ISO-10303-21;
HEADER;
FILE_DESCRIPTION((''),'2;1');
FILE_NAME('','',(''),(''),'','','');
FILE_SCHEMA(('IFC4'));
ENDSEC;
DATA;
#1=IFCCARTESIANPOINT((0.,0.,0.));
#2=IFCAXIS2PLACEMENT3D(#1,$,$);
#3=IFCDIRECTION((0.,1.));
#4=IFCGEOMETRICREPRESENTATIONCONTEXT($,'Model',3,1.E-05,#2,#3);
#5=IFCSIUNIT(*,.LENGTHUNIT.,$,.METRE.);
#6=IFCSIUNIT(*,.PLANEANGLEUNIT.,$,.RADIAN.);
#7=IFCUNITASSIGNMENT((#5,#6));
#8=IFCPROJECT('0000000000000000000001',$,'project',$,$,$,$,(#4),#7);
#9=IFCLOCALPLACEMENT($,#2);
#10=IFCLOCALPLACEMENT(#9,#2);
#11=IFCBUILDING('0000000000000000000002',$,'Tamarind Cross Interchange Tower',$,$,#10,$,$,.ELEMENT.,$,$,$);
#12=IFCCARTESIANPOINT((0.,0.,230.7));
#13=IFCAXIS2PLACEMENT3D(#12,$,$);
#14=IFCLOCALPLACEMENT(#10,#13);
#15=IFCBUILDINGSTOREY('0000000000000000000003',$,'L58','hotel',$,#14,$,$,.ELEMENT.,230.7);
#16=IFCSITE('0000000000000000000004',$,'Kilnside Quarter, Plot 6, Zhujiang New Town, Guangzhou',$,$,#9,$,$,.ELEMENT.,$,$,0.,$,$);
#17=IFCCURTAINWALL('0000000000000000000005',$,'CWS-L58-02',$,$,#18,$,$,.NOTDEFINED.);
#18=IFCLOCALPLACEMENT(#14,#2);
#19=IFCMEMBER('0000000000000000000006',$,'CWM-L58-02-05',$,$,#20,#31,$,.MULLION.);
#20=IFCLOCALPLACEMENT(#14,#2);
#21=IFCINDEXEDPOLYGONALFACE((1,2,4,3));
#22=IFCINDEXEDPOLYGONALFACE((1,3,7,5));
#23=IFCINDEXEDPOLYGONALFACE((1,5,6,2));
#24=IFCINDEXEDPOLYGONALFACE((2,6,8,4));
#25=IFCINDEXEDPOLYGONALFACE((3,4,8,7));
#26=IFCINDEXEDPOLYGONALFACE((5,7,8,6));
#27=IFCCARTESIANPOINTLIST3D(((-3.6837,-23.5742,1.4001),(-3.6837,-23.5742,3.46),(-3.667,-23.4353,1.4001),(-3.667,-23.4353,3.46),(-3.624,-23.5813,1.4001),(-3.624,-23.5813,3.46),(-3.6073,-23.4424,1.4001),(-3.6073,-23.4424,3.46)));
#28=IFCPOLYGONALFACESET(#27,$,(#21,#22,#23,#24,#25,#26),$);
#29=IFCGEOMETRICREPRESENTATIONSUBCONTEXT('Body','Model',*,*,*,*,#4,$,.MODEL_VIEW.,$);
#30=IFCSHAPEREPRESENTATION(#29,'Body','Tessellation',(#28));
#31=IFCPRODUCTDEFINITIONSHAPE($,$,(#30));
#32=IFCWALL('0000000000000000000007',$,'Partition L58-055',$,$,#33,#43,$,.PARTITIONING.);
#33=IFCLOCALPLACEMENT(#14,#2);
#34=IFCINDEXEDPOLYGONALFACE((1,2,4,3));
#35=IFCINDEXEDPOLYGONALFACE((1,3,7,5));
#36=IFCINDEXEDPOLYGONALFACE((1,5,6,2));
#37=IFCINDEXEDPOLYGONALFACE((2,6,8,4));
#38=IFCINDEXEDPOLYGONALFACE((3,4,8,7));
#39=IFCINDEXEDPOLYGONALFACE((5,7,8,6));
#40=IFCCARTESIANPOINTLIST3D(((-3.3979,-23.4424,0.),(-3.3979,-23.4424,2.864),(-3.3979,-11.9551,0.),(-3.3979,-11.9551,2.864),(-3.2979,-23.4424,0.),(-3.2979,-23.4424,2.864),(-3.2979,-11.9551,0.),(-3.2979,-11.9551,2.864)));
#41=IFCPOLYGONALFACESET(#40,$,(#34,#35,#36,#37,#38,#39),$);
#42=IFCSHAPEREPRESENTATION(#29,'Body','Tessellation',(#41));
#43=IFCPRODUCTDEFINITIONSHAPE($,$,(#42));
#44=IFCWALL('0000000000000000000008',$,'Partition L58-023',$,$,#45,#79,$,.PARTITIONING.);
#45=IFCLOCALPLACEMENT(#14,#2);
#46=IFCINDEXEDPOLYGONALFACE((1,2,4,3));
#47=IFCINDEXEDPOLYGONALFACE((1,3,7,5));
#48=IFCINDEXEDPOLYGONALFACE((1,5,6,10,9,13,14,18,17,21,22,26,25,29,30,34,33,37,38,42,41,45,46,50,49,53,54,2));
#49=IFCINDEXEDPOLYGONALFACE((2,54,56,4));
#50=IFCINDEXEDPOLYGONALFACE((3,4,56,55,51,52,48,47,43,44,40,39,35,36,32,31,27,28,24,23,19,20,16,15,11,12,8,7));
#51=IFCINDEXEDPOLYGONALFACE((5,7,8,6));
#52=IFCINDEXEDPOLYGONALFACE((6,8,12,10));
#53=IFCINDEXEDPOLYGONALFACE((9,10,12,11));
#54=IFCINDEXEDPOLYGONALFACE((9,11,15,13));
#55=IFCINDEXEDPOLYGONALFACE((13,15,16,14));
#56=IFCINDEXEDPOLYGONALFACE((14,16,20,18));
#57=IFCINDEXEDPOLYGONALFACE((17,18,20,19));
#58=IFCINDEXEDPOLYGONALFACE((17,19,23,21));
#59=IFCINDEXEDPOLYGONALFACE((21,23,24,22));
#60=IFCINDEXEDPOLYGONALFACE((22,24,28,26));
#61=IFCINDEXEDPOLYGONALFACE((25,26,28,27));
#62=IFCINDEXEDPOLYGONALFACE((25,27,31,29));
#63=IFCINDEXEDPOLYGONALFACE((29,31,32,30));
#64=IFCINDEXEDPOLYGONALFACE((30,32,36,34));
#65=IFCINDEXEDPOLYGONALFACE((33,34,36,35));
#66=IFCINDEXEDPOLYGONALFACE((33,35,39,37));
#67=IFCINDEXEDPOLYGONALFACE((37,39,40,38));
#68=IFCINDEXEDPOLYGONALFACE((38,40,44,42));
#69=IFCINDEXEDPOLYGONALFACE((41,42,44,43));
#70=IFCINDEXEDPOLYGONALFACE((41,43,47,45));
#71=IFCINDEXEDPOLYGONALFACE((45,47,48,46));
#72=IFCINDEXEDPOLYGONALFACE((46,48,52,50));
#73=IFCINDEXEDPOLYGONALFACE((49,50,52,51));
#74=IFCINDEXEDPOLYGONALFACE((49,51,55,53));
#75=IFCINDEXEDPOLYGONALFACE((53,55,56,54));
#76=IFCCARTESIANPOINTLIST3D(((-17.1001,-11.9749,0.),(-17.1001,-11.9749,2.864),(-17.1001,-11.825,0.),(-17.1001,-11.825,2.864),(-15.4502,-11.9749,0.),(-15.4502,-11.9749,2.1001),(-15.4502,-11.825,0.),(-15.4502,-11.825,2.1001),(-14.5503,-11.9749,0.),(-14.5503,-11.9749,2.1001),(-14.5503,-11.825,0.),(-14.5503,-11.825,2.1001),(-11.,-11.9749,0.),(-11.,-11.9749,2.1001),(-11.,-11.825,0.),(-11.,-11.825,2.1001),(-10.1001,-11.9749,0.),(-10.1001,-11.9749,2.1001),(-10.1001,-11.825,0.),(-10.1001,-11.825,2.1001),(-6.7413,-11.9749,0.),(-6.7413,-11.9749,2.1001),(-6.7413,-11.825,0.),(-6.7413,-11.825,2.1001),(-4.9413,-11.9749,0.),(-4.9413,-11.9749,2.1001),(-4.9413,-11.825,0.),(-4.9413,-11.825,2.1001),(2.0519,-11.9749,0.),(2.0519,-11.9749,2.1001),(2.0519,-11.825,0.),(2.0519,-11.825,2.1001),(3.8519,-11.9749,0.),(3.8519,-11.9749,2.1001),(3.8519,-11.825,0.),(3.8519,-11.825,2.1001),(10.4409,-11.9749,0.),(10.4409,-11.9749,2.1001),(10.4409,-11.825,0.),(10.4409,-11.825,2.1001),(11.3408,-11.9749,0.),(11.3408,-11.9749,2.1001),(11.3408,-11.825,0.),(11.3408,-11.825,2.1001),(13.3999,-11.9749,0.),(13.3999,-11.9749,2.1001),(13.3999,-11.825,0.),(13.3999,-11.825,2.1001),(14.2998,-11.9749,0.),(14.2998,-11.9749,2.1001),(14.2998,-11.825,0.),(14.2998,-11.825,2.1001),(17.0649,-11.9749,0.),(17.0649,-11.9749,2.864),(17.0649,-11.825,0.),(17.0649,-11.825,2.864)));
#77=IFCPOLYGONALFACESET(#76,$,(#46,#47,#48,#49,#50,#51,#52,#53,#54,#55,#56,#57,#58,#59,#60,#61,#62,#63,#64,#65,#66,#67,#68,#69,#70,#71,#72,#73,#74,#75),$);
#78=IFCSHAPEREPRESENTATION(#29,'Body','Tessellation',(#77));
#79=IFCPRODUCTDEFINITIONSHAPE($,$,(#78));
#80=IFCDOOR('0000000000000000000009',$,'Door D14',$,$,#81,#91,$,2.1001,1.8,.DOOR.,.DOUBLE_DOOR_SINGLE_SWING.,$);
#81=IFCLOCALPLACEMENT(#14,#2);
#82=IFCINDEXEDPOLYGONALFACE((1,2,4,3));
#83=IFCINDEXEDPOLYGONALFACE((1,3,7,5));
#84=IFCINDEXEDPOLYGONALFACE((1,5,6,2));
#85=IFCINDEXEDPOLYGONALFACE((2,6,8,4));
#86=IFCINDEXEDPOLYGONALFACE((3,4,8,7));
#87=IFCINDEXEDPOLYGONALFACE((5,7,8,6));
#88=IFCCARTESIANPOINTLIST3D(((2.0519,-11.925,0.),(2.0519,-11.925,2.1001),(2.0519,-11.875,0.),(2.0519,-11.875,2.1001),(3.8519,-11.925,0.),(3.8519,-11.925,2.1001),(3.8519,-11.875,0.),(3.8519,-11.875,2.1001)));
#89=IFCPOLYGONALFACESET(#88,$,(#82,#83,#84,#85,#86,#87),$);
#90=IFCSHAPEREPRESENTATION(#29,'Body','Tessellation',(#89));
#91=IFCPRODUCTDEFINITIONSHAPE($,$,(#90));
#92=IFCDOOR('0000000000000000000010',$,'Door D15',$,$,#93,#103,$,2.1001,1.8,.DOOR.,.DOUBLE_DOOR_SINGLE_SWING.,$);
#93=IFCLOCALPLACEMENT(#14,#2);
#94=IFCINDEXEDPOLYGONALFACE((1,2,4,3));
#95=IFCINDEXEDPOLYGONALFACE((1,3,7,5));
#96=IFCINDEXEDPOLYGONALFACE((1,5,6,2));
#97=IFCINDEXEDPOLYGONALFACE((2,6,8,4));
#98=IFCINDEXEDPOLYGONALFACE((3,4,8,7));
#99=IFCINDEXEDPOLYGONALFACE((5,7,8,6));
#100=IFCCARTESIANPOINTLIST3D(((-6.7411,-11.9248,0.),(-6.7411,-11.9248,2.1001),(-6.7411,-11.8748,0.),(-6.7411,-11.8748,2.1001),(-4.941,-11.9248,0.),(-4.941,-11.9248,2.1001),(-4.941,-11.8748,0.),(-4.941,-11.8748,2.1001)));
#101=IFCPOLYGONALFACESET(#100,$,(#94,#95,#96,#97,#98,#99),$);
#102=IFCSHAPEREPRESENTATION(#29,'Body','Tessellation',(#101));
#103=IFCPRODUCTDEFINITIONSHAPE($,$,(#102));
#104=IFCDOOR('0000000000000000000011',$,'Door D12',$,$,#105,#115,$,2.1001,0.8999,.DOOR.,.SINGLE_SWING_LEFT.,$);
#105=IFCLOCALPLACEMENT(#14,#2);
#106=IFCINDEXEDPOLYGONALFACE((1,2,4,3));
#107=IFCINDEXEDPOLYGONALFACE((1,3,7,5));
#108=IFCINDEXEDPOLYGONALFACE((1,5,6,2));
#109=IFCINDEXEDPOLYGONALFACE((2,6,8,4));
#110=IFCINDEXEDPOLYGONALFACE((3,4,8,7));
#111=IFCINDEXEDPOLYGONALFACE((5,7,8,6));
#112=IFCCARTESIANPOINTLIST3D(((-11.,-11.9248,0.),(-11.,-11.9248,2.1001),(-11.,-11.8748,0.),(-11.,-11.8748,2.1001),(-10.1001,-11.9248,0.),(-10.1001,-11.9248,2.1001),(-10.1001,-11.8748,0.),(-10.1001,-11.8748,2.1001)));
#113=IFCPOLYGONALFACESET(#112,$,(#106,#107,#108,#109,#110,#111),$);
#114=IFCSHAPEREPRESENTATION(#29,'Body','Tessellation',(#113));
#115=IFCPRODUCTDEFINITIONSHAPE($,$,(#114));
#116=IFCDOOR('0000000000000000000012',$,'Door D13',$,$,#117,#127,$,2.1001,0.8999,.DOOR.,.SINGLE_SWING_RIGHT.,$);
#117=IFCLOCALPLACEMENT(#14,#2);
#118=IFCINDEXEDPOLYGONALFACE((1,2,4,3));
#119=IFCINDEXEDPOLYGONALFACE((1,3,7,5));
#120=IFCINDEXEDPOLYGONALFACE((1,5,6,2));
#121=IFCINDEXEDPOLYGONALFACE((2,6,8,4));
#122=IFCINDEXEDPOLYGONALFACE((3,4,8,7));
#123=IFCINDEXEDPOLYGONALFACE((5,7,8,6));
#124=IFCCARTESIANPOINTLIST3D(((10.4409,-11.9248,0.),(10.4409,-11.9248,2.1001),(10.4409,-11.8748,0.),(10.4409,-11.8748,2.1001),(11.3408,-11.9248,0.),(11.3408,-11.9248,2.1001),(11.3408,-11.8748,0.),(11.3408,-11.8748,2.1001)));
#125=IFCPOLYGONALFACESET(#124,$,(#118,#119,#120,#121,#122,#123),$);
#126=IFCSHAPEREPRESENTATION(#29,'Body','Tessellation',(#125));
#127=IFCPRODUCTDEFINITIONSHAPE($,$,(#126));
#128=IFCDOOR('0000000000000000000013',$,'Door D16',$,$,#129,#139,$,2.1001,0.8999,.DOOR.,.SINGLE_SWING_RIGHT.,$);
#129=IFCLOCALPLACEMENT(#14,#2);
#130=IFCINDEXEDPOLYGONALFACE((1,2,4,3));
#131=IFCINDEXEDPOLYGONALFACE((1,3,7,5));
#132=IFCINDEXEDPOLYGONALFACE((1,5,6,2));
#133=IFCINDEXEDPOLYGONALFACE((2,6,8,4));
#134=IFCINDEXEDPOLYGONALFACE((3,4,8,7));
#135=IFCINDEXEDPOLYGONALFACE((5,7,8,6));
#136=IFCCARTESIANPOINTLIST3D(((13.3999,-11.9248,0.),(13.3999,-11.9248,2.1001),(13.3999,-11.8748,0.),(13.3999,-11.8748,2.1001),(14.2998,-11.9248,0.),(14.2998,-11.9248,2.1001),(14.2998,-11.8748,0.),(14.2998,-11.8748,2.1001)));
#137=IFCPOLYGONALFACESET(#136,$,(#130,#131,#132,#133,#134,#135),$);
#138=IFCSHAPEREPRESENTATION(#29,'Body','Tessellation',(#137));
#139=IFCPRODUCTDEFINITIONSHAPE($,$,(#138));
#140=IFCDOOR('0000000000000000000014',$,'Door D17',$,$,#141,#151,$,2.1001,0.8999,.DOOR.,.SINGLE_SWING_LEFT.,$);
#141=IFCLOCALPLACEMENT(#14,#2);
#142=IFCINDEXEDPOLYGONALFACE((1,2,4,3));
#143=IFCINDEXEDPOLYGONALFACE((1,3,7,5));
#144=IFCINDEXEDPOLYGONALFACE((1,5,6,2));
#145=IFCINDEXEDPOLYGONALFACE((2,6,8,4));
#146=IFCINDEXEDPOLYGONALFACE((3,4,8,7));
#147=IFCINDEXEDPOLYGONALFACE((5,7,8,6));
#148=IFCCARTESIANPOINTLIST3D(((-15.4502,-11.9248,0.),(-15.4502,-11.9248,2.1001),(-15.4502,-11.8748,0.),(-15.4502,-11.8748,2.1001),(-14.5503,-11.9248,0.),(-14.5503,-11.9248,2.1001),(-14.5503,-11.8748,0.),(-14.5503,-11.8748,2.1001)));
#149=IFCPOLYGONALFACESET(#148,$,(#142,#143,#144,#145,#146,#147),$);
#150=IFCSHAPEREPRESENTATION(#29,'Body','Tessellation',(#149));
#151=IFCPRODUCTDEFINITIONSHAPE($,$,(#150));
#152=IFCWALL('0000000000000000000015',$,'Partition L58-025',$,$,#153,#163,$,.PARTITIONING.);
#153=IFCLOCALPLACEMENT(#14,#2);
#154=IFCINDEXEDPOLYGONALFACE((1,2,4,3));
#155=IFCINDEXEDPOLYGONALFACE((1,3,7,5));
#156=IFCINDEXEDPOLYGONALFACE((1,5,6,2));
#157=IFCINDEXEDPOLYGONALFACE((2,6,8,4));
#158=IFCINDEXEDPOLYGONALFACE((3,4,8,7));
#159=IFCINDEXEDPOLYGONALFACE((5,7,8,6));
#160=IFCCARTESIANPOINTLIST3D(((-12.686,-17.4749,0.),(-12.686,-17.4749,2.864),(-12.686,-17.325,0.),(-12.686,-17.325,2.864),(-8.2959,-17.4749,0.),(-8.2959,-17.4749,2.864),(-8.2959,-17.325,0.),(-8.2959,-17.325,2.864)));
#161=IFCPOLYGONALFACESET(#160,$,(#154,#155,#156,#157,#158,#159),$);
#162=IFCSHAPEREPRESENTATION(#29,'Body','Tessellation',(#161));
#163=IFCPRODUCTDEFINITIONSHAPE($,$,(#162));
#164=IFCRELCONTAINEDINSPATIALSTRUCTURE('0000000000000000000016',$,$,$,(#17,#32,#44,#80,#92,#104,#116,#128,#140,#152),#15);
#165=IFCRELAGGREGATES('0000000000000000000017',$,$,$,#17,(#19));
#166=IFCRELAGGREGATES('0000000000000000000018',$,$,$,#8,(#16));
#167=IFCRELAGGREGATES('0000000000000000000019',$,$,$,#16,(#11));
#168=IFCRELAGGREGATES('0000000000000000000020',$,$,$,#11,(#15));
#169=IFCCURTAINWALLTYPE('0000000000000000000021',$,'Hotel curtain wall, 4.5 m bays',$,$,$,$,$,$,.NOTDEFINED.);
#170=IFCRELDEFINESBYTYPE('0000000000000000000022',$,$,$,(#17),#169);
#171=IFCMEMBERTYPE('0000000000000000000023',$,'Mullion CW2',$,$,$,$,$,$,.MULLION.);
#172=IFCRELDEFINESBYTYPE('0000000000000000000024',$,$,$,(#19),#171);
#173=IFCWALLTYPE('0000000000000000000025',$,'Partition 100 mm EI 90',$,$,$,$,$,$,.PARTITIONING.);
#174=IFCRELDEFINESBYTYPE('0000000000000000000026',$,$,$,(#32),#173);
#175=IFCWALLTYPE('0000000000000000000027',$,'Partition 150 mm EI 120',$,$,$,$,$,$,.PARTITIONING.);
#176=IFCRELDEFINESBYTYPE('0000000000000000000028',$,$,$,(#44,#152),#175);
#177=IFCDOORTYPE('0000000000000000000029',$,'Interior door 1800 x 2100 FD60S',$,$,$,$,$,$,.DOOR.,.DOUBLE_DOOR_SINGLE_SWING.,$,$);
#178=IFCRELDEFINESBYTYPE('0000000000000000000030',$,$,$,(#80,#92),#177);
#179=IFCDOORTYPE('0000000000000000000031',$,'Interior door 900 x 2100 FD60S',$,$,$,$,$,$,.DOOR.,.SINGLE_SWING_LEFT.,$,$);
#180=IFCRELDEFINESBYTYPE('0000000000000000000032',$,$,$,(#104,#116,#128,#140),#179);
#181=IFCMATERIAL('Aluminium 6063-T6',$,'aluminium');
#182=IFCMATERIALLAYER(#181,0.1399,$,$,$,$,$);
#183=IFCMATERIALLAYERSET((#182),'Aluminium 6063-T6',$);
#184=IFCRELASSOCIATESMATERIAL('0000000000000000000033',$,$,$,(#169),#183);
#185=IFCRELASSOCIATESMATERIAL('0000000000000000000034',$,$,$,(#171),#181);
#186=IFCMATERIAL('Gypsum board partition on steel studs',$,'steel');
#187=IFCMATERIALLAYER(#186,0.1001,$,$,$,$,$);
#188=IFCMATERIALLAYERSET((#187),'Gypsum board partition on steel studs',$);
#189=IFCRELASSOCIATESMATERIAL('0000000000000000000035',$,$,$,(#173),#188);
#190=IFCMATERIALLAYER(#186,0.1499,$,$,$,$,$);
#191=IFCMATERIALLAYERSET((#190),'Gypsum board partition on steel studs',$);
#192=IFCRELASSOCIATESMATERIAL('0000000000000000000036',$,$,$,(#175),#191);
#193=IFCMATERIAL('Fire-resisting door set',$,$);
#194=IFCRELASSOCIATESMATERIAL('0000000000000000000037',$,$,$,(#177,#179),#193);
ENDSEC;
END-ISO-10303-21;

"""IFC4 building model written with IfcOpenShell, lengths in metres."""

from ifc_helpers import new_model, si_unit, direction, frame, frame_2d, origin, origin_2d, place, context, subcontext, project, spatial, rectangle, extrude, material, layer, layer_set, material_profile, profile_set, type_object, element, fill, aggregate, save


model = new_model("IFC4")

# Units and contexts
model_context = context("Model", 3, precision=1e-05, world=origin(), true_north=direction((0.0, 1.0)))
body_context = subcontext(model_context, "Body", "Model", "MODEL_VIEW")
ifc_project = project(units=[si_unit("LENGTHUNIT", "METRE"), si_unit("PLANEANGLEUNIT", "RADIAN")], contexts=[model_context])

# Site, building, storey
site_placement = place(None, origin())
site = spatial("IfcSite", under=ifc_project, at=site_placement, Name="Kilnside Quarter, Plot 6, Zhujiang New Town, Guangzhou", CompositionType="ELEMENT", RefElevation=0.0)
building_placement = place(site_placement, origin())
building = spatial("IfcBuilding", under=site, at=building_placement, Name="Tamarind Cross Interchange Tower", CompositionType="ELEMENT")
storey_placement = place(building_placement, frame((0.0, 0.0, 230.7)))
storey = spatial("IfcBuildingStorey", under=building, at=storey_placement, Name="L58", Description="hotel", CompositionType="ELEMENT", Elevation=230.7)

# Curtain wall, member
ifc_material_1 = material(Name="Aluminium 6063-T6", Category="aluminium")
ifc_layer_1 = layer(ifc_material_1, 0.1399)
ifc_layer_set_1 = layer_set([ifc_layer_1], Name="Aluminium 6063-T6")
curtain_wall_type = type_object("IfcCurtainWallType", Name="Hotel curtain wall, 4.5 m bays", PredefinedType="NOTDEFINED", material=ifc_layer_set_1)
curtain_wall_placement = place(storey_placement, origin())
curtain_wall = element("IfcCurtainWall", 1, at=curtain_wall_placement, inside=storey, type_object=curtain_wall_type, Name="CWS-L58-02", PredefinedType="NOTDEFINED")
ifc_material_profile_1 = material_profile(ifc_material_1, rectangle(XDim=0.0601, YDim=0.1399, at=origin_2d()), Name="Mullion CW2")
ifc_profile_set_1 = profile_set([ifc_material_profile_1], Name="Aluminium 6063-T6")
member_type = type_object("IfcMemberType", Name="Mullion CW2", PredefinedType="MULLION", material=ifc_profile_set_1)
member_1_placement = place(storey_placement, frame((-3.6455, -23.5083, 1.4001), z_axis=(0.0, 0.0, 1.0), x_axis=(0.992844, -0.119421, 0.0)))
member_1 = element("IfcMember", 2, at=member_1_placement, type_object=member_type, Name="CWM-L58-02-05", PredefinedType="MULLION", context=body_context, shape_type="SweptSolid", body=[
    extrude(rectangle(XDim=0.0601, YDim=0.1399, at=origin_2d()), origin(), (0.0, 0.0, 1.0), 2.0598),
])
aggregate(curtain_wall, [member_1])

# Wall
ifc_material_2 = material(Name="Gypsum board partition on steel studs", Category="steel")
ifc_layer_2 = layer(ifc_material_2, 0.1001)
ifc_layer_set_2 = layer_set([ifc_layer_2], Name="Gypsum board partition on steel studs")
wall_type_1 = type_object("IfcWallType", Name="Partition 100 mm EI 90", PredefinedType="PARTITIONING", material=ifc_layer_set_2)
wall_1_placement = place(storey_placement, frame((-3.3479, -23.4424, 0.0), z_axis=(0.0, 0.0, 1.0), x_axis=(0.0, 1.0, 0.0)))
element("IfcWall", 3, at=wall_1_placement, inside=storey, type_object=wall_type_1, Name="Partition L58-055", PredefinedType="PARTITIONING", context=body_context, shape_type="SweptSolid", body=[
    extrude(rectangle(XDim=11.4873, YDim=0.1001, at=frame_2d((5.7437, 0.0))), origin(), (0.0, 0.0, 1.0), 2.864),
])

# Wall, openings, doors
ifc_layer_3 = layer(ifc_material_2, 0.1499)
ifc_layer_set_3 = layer_set([ifc_layer_3], Name="Gypsum board partition on steel studs")
wall_type_2 = type_object("IfcWallType", Name="Partition 150 mm EI 120", PredefinedType="PARTITIONING", material=ifc_layer_set_3)
wall_2_placement = place(storey_placement, frame((-17.1001, -11.8999, 0.0), z_axis=(0.0, 0.0, 1.0), x_axis=(1.0, 0.0, 0.0)))
wall_2 = element("IfcWall", 4, at=wall_2_placement, inside=storey, type_object=wall_type_2, Name="Partition L58-023", PredefinedType="PARTITIONING", context=body_context, shape_type="SweptSolid", body=[
    extrude(rectangle(XDim=34.165, YDim=0.1499, at=frame_2d((17.0825, 0.0))), origin(), (0.0, 0.0, 1.0), 2.864),
])
opening_1_placement = place(wall_2_placement, frame((6.1001, 0.0, 0.0)))
opening_1 = element("IfcOpeningElement", 5, at=opening_1_placement, cuts=wall_2, PredefinedType="OPENING", context=body_context, shape_type="SweptSolid", body=[
    extrude(rectangle(XDim=0.8999, YDim=2.1001, at=frame_2d((0.45, 1.05))), frame((0.0, 0.085, 0.0), z_axis=(0.0, -1.0, 0.0), x_axis=(1.0, 0.0, 0.0)), (0.0, 0.0, 1.0), 0.1699),
])
opening_2_placement = place(wall_2_placement, frame((27.541, 0.0, 0.0)))
opening_2 = element("IfcOpeningElement", 6, at=opening_2_placement, cuts=wall_2, PredefinedType="OPENING", context=body_context, shape_type="SweptSolid", body=[
    extrude(rectangle(XDim=0.8999, YDim=2.1001, at=frame_2d((0.45, 1.05))), frame((0.0, 0.085, 0.0), z_axis=(0.0, -1.0, 0.0), x_axis=(1.0, 0.0, 0.0)), (0.0, 0.0, 1.0), 0.1699),
])
opening_3_placement = place(wall_2_placement, frame((19.1521, 0.0, 0.0)))
opening_3 = element("IfcOpeningElement", 7, at=opening_3_placement, cuts=wall_2, PredefinedType="OPENING", context=body_context, shape_type="SweptSolid", body=[
    extrude(rectangle(XDim=1.8, YDim=2.1001, at=frame_2d((0.8999, 1.05))), frame((0.0, 0.085, 0.0), z_axis=(0.0, -1.0, 0.0), x_axis=(1.0, 0.0, 0.0)), (0.0, 0.0, 1.0), 0.1699),
])
opening_4_placement = place(wall_2_placement, frame((10.3589, 0.0, 0.0)))
opening_4 = element("IfcOpeningElement", 8, at=opening_4_placement, cuts=wall_2, PredefinedType="OPENING", context=body_context, shape_type="SweptSolid", body=[
    extrude(rectangle(XDim=1.8, YDim=2.1001, at=frame_2d((0.8999, 1.05))), frame((0.0, 0.085, 0.0), z_axis=(0.0, -1.0, 0.0), x_axis=(1.0, 0.0, 0.0)), (0.0, 0.0, 1.0), 0.1699),
])
opening_5_placement = place(wall_2_placement, frame((30.5, 0.0, 0.0)))
opening_5 = element("IfcOpeningElement", 9, at=opening_5_placement, cuts=wall_2, PredefinedType="OPENING", context=body_context, shape_type="SweptSolid", body=[
    extrude(rectangle(XDim=0.8999, YDim=2.1001, at=frame_2d((0.45, 1.05))), frame((0.0, 0.085, 0.0), z_axis=(0.0, -1.0, 0.0), x_axis=(1.0, 0.0, 0.0)), (0.0, 0.0, 1.0), 0.1699),
])
opening_6_placement = place(wall_2_placement, frame((1.6499, 0.0, 0.0)))
opening_6 = element("IfcOpeningElement", 10, at=opening_6_placement, cuts=wall_2, PredefinedType="OPENING", context=body_context, shape_type="SweptSolid", body=[
    extrude(rectangle(XDim=0.8999, YDim=2.1001, at=frame_2d((0.45, 1.05))), frame((0.0, 0.085, 0.0), z_axis=(0.0, -1.0, 0.0), x_axis=(1.0, 0.0, 0.0)), (0.0, 0.0, 1.0), 0.1699),
])
ifc_material_3 = material(Name="Fire-resisting door set")
door_type_1 = type_object("IfcDoorType", Name="Interior door 1800 x 2100 FD60S", OperationType="DOUBLE_DOOR_SINGLE_SWING", PredefinedType="DOOR", material=ifc_material_3)
door_1_placement = place(opening_3_placement, origin())
door_1 = element("IfcDoor", 11, at=door_1_placement, inside=storey, type_object=door_type_1, Name="Door D14", OperationType="DOUBLE_DOOR_SINGLE_SWING", OverallHeight=2.1001, OverallWidth=1.8, PredefinedType="DOOR", context=body_context, shape_type="SweptSolid", body=[
    extrude(rectangle(XDim=1.8, YDim=2.1001, at=frame_2d((0.8999, 1.05))), frame((0.0, 0.0249, 0.0), z_axis=(0.0, -1.0, 0.0), x_axis=(1.0, 0.0, 0.0)), (0.0, 0.0, 1.0), 0.05),
])
fill(opening_3, door_1)
door_2_placement = place(opening_4_placement, frame((1.8, 0.0, 0.0), z_axis=(0.0, 0.0, 1.0), x_axis=(-1.0, 0.0, 0.0)))
door_2 = element("IfcDoor", 12, at=door_2_placement, inside=storey, type_object=door_type_1, Name="Door D15", OperationType="DOUBLE_DOOR_SINGLE_SWING", OverallHeight=2.1001, OverallWidth=1.8, PredefinedType="DOOR", context=body_context, shape_type="SweptSolid", body=[
    extrude(rectangle(XDim=1.8, YDim=2.1001, at=frame_2d((0.8999, 1.05))), frame((0.0, 0.0249, 0.0), z_axis=(0.0, -1.0, 0.0), x_axis=(1.0, 0.0, 0.0)), (0.0, 0.0, 1.0), 0.05),
])
fill(opening_4, door_2)
door_type_2 = type_object("IfcDoorType", Name="Interior door 900 x 2100 FD60S", OperationType="SINGLE_SWING_LEFT", PredefinedType="DOOR", material=ifc_material_3)
door_3_placement = place(opening_1_placement, frame((0.8999, 0.0, 0.0), z_axis=(0.0, 0.0, 1.0), x_axis=(-1.0, 0.0, 0.0)))
door_3 = element("IfcDoor", 13, at=door_3_placement, inside=storey, type_object=door_type_2, Name="Door D12", OperationType="SINGLE_SWING_LEFT", OverallHeight=2.1001, OverallWidth=0.8999, PredefinedType="DOOR", context=body_context, shape_type="SweptSolid", body=[
    extrude(rectangle(XDim=0.8999, YDim=2.1001, at=frame_2d((0.45, 1.05))), frame((0.0, 0.0249, 0.0), z_axis=(0.0, -1.0, 0.0), x_axis=(1.0, 0.0, 0.0)), (0.0, 0.0, 1.0), 0.05),
])
fill(opening_1, door_3)
door_4_placement = place(opening_2_placement, frame((0.8999, 0.0, 0.0), z_axis=(0.0, 0.0, 1.0), x_axis=(-1.0, 0.0, 0.0)))
door_4 = element("IfcDoor", 14, at=door_4_placement, inside=storey, type_object=door_type_2, Name="Door D13", OperationType="SINGLE_SWING_RIGHT", OverallHeight=2.1001, OverallWidth=0.8999, PredefinedType="DOOR", context=body_context, shape_type="SweptSolid", body=[
    extrude(rectangle(XDim=0.8999, YDim=2.1001, at=frame_2d((0.45, 1.05))), frame((0.0, 0.0249, 0.0), z_axis=(0.0, -1.0, 0.0), x_axis=(1.0, 0.0, 0.0)), (0.0, 0.0, 1.0), 0.05),
])
fill(opening_2, door_4)
door_5_placement = place(opening_5_placement, frame((0.8999, 0.0, 0.0), z_axis=(0.0, 0.0, 1.0), x_axis=(-1.0, 0.0, 0.0)))
door_5 = element("IfcDoor", 15, at=door_5_placement, inside=storey, type_object=door_type_2, Name="Door D16", OperationType="SINGLE_SWING_RIGHT", OverallHeight=2.1001, OverallWidth=0.8999, PredefinedType="DOOR", context=body_context, shape_type="SweptSolid", body=[
    extrude(rectangle(XDim=0.8999, YDim=2.1001, at=frame_2d((0.45, 1.05))), frame((0.0, 0.0249, 0.0), z_axis=(0.0, -1.0, 0.0), x_axis=(1.0, 0.0, 0.0)), (0.0, 0.0, 1.0), 0.05),
])
fill(opening_5, door_5)
door_6_placement = place(opening_6_placement, frame((0.8999, 0.0, 0.0), z_axis=(0.0, 0.0, 1.0), x_axis=(-1.0, 0.0, 0.0)))
door_6 = element("IfcDoor", 16, at=door_6_placement, inside=storey, type_object=door_type_2, Name="Door D17", OperationType="SINGLE_SWING_LEFT", OverallHeight=2.1001, OverallWidth=0.8999, PredefinedType="DOOR", context=body_context, shape_type="SweptSolid", body=[
    extrude(rectangle(XDim=0.8999, YDim=2.1001, at=frame_2d((0.45, 1.05))), frame((0.0, 0.0249, 0.0), z_axis=(0.0, -1.0, 0.0), x_axis=(1.0, 0.0, 0.0)), (0.0, 0.0, 1.0), 0.05),
])
fill(opening_6, door_6)

# Wall
wall_3_placement = place(storey_placement, frame((-12.686, -17.3999, 0.0), z_axis=(0.0, 0.0, 1.0), x_axis=(1.0, 0.0, 0.0)))
element("IfcWall", 17, at=wall_3_placement, inside=storey, type_object=wall_type_2, Name="Partition L58-025", PredefinedType="PARTITIONING", context=body_context, shape_type="SweptSolid", body=[
    extrude(rectangle(XDim=4.3901, YDim=0.1499, at=frame_2d((2.1951, 0.0))), origin(), (0.0, 0.0, 1.0), 2.864),
])

save(model, "model.ifc")
